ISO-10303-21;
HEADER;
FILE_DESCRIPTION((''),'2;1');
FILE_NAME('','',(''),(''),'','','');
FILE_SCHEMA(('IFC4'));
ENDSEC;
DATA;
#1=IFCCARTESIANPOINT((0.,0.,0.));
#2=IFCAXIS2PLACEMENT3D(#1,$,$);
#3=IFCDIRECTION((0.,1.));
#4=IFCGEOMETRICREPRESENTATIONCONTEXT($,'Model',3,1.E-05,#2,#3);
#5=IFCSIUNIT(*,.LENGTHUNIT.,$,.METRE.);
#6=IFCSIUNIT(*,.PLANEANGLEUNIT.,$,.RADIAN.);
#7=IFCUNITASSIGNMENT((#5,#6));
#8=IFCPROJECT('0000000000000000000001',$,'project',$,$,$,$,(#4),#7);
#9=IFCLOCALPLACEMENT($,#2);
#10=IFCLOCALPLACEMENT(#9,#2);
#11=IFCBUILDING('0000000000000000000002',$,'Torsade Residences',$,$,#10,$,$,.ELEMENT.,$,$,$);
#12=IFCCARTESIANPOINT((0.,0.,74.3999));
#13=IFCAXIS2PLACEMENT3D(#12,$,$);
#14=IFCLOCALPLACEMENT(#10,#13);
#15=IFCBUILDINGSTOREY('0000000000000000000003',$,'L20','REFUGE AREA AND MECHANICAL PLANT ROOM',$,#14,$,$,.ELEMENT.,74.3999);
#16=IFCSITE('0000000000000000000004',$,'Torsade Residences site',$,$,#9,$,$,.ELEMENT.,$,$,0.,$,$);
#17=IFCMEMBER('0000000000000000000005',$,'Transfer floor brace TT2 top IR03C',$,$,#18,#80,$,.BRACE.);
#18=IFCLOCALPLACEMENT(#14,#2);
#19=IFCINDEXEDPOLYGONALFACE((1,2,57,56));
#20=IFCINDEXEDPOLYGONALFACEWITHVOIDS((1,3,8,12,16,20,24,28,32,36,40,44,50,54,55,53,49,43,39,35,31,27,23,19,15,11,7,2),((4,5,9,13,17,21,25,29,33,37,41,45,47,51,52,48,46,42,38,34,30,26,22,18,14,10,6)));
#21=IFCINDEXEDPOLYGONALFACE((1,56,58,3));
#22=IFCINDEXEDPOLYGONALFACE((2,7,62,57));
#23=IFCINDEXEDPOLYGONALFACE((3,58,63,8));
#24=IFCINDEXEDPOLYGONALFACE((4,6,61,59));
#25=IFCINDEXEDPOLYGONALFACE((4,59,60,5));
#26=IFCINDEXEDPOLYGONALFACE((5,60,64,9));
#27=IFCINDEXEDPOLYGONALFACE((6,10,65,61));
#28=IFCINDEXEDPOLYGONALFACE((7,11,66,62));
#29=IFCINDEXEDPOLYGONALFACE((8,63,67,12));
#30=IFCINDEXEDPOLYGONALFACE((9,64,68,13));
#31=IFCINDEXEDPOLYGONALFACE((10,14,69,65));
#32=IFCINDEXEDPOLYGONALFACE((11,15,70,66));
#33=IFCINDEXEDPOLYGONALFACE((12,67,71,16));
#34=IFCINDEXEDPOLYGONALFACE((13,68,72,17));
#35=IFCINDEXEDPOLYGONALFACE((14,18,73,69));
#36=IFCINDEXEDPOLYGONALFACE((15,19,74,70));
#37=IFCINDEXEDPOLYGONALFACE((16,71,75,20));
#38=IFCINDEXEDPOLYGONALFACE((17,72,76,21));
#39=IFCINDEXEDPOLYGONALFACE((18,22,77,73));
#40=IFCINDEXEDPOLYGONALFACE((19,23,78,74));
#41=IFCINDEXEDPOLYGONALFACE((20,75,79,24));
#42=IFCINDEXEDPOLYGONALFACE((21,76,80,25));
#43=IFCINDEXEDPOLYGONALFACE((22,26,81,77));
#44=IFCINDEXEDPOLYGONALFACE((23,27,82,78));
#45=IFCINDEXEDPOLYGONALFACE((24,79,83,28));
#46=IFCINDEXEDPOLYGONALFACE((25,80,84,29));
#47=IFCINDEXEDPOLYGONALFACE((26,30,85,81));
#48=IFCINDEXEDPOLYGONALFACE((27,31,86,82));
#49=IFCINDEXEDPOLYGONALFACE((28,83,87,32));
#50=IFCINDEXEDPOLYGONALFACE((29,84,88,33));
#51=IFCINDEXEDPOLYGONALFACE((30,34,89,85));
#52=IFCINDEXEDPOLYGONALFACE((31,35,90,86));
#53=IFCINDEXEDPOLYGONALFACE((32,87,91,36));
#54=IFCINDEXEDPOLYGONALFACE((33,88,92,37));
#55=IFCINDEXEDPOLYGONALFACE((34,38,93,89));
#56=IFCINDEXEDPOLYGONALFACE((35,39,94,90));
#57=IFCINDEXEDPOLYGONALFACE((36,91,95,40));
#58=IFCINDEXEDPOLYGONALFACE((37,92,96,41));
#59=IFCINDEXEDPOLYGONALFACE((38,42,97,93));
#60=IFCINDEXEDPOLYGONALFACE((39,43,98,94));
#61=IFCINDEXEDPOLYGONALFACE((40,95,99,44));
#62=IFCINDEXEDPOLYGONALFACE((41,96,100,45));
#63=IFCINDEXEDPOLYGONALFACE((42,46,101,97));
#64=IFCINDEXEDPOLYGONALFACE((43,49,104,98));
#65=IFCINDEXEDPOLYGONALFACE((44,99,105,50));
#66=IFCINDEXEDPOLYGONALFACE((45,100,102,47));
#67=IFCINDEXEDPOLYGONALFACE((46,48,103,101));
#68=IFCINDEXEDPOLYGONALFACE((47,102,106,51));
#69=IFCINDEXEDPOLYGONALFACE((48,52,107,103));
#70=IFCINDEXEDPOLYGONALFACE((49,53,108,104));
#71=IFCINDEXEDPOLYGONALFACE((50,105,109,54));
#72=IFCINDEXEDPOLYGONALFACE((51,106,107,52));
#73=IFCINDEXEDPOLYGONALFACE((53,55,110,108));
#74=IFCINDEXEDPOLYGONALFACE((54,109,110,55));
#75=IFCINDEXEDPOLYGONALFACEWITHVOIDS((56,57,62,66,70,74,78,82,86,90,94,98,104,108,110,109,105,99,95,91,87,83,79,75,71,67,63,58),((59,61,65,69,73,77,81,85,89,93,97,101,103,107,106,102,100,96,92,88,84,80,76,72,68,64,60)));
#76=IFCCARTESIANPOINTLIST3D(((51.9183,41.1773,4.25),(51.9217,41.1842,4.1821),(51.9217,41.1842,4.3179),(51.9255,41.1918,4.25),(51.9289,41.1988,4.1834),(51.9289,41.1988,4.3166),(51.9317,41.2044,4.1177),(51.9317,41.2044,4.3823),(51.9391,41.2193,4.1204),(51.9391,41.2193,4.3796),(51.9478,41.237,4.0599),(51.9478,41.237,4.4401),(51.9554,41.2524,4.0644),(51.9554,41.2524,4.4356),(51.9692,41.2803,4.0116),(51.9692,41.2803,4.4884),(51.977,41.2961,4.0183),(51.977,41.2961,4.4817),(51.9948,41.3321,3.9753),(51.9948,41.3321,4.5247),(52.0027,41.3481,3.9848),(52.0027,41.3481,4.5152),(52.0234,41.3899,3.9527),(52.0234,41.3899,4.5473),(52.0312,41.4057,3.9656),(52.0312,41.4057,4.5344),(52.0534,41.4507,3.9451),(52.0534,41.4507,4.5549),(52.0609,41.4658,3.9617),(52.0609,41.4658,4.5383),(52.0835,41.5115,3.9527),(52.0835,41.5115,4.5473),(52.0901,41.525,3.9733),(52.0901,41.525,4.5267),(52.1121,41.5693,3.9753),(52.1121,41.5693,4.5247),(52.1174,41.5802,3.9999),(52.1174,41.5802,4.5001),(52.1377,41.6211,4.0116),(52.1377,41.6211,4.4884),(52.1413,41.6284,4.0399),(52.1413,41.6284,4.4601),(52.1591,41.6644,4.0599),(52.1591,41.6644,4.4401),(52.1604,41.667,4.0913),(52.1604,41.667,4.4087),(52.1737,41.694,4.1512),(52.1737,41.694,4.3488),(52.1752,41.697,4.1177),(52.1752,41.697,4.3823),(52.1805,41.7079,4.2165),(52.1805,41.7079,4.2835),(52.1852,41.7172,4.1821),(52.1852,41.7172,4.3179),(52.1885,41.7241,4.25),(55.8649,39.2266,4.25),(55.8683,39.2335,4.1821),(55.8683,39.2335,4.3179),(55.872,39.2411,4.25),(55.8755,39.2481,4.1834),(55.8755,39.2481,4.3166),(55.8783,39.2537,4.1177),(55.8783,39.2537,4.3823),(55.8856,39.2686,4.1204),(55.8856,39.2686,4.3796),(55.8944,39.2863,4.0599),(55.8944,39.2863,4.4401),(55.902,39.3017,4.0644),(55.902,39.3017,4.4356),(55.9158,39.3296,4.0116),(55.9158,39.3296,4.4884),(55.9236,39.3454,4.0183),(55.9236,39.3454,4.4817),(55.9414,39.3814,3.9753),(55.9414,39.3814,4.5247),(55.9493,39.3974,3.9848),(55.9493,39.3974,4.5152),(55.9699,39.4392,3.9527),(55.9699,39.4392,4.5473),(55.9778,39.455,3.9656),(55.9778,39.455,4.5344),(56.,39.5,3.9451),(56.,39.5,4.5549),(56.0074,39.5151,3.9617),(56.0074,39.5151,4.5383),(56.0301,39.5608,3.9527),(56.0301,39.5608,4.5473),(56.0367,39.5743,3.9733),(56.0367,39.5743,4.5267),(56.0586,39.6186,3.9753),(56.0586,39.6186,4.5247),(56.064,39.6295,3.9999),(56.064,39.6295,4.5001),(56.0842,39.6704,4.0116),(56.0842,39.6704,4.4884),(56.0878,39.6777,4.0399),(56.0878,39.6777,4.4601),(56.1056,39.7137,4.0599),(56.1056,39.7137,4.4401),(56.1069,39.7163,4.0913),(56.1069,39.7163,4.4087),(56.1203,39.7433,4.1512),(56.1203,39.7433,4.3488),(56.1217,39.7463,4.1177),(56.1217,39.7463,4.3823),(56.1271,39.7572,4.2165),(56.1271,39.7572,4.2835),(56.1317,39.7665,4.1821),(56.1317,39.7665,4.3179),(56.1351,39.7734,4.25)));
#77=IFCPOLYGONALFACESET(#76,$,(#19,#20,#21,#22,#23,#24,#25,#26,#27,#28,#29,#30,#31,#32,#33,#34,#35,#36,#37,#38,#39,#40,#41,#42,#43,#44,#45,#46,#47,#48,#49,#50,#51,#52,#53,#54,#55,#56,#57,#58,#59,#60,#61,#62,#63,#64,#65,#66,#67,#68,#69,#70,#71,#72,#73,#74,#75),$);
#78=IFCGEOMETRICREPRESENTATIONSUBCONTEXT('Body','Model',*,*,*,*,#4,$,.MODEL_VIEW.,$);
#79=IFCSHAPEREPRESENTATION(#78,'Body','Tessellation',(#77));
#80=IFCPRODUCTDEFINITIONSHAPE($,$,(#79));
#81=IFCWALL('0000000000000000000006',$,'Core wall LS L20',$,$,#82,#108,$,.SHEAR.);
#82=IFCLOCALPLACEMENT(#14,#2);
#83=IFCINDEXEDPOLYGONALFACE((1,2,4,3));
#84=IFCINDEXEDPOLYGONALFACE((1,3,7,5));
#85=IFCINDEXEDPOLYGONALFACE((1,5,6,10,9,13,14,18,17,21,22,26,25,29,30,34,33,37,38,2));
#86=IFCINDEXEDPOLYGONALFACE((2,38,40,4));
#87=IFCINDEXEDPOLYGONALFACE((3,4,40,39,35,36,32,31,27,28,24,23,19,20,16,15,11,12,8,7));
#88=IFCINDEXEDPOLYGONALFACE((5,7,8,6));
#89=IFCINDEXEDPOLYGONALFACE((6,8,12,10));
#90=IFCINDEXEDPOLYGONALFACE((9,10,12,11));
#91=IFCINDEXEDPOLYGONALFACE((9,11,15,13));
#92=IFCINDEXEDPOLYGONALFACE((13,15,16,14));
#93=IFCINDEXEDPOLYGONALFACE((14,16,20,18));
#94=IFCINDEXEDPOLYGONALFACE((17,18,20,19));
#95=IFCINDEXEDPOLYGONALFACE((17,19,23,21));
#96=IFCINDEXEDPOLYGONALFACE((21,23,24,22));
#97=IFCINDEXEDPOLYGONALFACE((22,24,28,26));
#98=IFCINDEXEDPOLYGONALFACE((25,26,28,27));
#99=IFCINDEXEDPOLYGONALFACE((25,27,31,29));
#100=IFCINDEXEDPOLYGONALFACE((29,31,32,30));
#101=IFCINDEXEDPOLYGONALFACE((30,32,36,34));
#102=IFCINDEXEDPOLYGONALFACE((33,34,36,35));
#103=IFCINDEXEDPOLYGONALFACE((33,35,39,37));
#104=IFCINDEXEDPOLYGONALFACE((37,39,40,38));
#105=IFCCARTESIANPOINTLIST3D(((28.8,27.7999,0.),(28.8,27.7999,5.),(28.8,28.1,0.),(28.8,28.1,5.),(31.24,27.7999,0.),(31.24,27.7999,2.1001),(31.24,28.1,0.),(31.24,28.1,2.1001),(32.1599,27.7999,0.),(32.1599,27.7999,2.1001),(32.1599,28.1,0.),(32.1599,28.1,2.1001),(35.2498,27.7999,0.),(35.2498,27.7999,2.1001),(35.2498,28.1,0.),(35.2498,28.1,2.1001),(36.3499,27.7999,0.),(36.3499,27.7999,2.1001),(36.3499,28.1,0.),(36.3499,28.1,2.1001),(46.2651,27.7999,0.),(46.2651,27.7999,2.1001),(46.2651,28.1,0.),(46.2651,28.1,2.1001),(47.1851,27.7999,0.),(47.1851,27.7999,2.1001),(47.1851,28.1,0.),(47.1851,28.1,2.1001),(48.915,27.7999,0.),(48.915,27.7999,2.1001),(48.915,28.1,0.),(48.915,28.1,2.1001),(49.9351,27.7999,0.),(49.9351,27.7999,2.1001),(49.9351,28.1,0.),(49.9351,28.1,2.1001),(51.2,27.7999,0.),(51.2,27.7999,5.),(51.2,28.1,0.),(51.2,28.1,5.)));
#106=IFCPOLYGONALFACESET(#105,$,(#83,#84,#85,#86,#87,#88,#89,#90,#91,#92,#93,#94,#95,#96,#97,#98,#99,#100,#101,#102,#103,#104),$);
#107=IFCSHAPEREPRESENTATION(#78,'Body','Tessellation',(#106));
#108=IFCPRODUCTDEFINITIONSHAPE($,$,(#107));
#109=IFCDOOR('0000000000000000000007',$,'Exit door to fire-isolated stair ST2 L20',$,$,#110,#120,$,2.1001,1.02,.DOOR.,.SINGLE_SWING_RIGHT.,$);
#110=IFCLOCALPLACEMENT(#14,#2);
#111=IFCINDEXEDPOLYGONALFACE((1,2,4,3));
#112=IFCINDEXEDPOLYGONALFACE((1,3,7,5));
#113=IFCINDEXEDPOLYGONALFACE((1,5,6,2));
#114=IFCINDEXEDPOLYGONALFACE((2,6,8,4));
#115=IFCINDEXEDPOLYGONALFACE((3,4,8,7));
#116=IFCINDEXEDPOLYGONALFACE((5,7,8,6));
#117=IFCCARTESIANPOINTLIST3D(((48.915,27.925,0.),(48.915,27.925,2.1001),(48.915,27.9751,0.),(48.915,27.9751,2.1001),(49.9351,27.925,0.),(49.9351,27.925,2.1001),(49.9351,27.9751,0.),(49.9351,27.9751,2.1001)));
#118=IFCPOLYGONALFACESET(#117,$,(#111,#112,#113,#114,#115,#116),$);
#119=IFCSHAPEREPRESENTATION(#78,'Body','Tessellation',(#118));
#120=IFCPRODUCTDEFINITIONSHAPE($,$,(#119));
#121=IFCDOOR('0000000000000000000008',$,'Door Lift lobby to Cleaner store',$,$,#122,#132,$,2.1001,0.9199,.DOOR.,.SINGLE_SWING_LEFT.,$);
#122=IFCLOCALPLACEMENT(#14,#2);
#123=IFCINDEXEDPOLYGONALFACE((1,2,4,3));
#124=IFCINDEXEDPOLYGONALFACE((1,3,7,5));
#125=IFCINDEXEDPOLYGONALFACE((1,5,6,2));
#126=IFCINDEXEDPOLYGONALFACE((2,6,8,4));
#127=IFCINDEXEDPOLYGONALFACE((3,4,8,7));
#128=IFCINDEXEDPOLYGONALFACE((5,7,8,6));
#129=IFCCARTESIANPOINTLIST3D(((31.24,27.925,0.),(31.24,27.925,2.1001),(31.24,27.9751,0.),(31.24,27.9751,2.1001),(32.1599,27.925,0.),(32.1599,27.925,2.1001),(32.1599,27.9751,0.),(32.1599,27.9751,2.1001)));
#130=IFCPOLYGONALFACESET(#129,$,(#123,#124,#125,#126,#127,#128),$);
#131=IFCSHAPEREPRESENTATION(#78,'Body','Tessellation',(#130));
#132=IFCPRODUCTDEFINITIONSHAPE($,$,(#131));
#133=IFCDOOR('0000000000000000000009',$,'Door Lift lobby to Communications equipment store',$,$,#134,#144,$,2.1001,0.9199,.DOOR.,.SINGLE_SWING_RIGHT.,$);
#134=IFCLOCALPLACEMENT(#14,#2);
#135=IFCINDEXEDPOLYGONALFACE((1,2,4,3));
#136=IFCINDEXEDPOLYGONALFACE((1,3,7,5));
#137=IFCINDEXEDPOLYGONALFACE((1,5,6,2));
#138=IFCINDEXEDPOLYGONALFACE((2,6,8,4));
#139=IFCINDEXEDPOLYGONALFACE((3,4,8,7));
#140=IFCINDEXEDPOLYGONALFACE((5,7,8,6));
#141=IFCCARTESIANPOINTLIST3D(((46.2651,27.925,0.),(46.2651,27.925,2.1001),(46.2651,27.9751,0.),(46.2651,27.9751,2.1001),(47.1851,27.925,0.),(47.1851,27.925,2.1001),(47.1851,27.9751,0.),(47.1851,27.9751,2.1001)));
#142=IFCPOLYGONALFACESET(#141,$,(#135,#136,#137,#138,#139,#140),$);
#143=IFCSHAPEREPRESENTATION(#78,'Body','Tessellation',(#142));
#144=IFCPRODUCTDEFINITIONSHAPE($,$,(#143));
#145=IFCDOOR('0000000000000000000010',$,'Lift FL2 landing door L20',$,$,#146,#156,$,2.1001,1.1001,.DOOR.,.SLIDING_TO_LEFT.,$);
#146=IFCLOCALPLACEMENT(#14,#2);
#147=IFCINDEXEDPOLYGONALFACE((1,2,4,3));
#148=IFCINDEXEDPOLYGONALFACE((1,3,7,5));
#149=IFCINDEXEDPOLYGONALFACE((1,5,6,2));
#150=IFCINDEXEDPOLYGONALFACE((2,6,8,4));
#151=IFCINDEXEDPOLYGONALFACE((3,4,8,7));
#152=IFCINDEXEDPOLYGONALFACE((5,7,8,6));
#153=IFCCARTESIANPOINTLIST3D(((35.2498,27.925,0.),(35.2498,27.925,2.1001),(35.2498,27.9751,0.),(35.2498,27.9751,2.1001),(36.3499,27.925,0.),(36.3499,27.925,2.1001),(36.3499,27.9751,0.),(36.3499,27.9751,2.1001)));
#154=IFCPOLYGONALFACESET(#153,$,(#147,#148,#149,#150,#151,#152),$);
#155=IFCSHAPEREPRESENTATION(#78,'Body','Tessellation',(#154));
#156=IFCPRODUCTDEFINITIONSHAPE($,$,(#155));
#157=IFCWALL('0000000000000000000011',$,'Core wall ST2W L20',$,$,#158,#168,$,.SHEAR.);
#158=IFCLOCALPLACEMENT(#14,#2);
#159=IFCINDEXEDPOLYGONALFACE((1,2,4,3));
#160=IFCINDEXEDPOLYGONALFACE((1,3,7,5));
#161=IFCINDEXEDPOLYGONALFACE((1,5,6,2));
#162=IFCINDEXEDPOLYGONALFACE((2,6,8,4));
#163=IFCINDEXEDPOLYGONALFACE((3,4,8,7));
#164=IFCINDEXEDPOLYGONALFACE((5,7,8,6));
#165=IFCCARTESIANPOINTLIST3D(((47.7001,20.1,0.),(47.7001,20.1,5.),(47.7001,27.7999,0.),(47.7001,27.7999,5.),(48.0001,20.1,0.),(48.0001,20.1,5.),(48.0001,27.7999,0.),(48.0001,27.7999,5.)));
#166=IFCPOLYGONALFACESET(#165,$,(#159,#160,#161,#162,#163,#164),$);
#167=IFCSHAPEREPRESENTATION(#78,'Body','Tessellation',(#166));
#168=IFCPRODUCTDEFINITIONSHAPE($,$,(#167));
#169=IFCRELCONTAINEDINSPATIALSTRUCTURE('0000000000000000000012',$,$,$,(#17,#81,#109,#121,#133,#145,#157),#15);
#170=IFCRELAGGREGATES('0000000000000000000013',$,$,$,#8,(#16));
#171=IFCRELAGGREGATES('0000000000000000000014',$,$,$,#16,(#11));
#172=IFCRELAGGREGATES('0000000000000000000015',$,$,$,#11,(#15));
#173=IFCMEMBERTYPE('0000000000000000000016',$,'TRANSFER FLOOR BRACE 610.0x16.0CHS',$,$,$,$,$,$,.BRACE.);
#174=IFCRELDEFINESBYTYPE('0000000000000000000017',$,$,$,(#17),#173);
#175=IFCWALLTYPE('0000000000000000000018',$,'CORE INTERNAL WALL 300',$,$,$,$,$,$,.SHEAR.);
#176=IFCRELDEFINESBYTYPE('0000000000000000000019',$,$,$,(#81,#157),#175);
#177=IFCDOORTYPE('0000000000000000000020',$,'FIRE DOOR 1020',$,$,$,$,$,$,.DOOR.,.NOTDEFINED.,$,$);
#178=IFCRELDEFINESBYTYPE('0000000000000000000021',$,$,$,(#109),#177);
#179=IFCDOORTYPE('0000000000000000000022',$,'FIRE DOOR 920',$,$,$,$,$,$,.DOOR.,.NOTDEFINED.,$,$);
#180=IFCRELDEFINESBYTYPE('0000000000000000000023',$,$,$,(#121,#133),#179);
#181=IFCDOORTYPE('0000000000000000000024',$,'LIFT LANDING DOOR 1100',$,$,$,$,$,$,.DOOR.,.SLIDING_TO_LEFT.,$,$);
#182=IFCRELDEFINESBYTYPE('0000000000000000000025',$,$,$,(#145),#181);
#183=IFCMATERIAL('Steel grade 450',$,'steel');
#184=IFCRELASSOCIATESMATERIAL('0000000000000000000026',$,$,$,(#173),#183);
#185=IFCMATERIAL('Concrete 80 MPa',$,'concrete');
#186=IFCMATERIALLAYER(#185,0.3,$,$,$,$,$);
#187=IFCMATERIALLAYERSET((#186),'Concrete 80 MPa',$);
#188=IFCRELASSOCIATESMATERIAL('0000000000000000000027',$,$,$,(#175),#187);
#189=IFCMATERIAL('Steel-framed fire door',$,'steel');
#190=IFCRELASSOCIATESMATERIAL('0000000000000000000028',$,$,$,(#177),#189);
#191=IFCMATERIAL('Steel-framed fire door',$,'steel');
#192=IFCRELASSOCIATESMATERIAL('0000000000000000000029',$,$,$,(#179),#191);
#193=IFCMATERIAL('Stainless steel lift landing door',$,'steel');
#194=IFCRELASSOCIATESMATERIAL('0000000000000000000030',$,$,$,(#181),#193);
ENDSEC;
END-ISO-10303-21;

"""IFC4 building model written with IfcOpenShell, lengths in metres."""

from ifc_helpers import new_model, si_unit, direction, frame, frame_2d, origin, origin_2d, place, context, subcontext, project, spatial, rectangle, hollow_circle, extrude, material, layer, layer_set, material_profile, profile_set, type_object, element, fill, save


model = new_model("IFC4")

# Units and contexts
model_context = context("Model", 3, precision=1e-05, world=origin(), true_north=direction((0.0, 1.0)))
body_context = subcontext(model_context, "Body", "Model", "MODEL_VIEW")
ifc_project = project(units=[si_unit("LENGTHUNIT", "METRE"), si_unit("PLANEANGLEUNIT", "RADIAN")], contexts=[model_context])

# Site, building, storey
site_placement = place(None, origin())
site = spatial("IfcSite", under=ifc_project, at=site_placement, Name="Torsade Residences site", CompositionType="ELEMENT", RefElevation=0.0)
building_placement = place(site_placement, origin())
building = spatial("IfcBuilding", under=site, at=building_placement, Name="Torsade Residences", CompositionType="ELEMENT")
storey_placement = place(building_placement, frame((0.0, 0.0, 74.3999)))
storey = spatial("IfcBuildingStorey", under=building, at=storey_placement, Name="L20", Description="REFUGE AREA AND MECHANICAL PLANT ROOM", CompositionType="ELEMENT", Elevation=74.3999)

# Member
ifc_material_1 = material(Name="Steel grade 450", Category="steel")
ifc_material_profile_1 = material_profile(ifc_material_1, hollow_circle(Radius=0.3049, WallThickness=0.0161, at=origin_2d()), Name="610.0x16.0CHS")
ifc_profile_set_1 = profile_set([ifc_material_profile_1], Name="Steel grade 450")
member_type = type_object("IfcMemberType", Name="TRANSFER FLOOR BRACE 610.0x16.0CHS", PredefinedType="BRACE", material=ifc_profile_set_1)
member_placement = place(storey_placement, frame((56.0, 39.5, 4.25), z_axis=(-0.89647, 0.443105, 0.0), x_axis=(-0.443105, -0.89647, 0.0)))
element("IfcMember", 1, at=member_placement, inside=storey, type_object=member_type, Name="Transfer floor brace TT2 top IR03C", PredefinedType="BRACE", context=body_context, shape_type="SweptSolid", body=[
    extrude(hollow_circle(Radius=0.3049, WallThickness=0.0161, at=origin_2d()), origin(), (0.0, 0.0, 1.0), 4.4023),
])

# Wall, openings, doors
ifc_material_2 = material(Name="Concrete 80 MPa", Category="concrete")
ifc_layer_1 = layer(ifc_material_2, 0.3)
ifc_layer_set_1 = layer_set([ifc_layer_1], Name="Concrete 80 MPa")
wall_type_1 = type_object("IfcWallType", Name="CORE INTERNAL WALL 300", PredefinedType="SHEAR", material=ifc_layer_set_1)
wall_1_placement = place(storey_placement, frame((51.2, 27.95, 0.0), z_axis=(0.0, 0.0, 1.0), x_axis=(-1.0, 0.0, 0.0)))
wall_1 = element("IfcWall", 2, at=wall_1_placement, inside=storey, type_object=wall_type_1, Name="Core wall LS L20", PredefinedType="SHEAR", context=body_context, shape_type="SweptSolid", body=[
    extrude(rectangle(XDim=22.3999, YDim=0.3, at=frame_2d((11.2, 0.0))), origin(), (0.0, 0.0, 1.0), 5.0),
])
opening_1_placement = place(wall_1_placement, frame((19.04, 0.0, 0.0)))
opening_1 = element("IfcOpeningElement", 3, at=opening_1_placement, cuts=wall_1, PredefinedType="OPENING", context=body_context, shape_type="SweptSolid", body=[
    extrude(rectangle(XDim=0.9199, YDim=2.1001, at=frame_2d((0.46, 1.05))), frame((0.0, 0.1599, 0.0), z_axis=(0.0, -1.0, 0.0), x_axis=(1.0, 0.0, 0.0)), (0.0, 0.0, 1.0), 0.3201),
])
opening_2_placement = place(wall_1_placement, frame((1.2649, 0.0, 0.0)))
opening_2 = element("IfcOpeningElement", 4, at=opening_2_placement, cuts=wall_1, PredefinedType="OPENING", context=body_context, shape_type="SweptSolid", body=[
    extrude(rectangle(XDim=1.02, YDim=2.1001, at=frame_2d((0.51, 1.05))), frame((0.0, 0.1599, 0.0), z_axis=(0.0, -1.0, 0.0), x_axis=(1.0, 0.0, 0.0)), (0.0, 0.0, 1.0), 0.3201),
])
opening_3_placement = place(wall_1_placement, frame((4.0149, 0.0, 0.0)))
opening_3 = element("IfcOpeningElement", 5, at=opening_3_placement, cuts=wall_1, PredefinedType="OPENING", context=body_context, shape_type="SweptSolid", body=[
    extrude(rectangle(XDim=0.9199, YDim=2.1001, at=frame_2d((0.46, 1.05))), frame((0.0, 0.1599, 0.0), z_axis=(0.0, -1.0, 0.0), x_axis=(1.0, 0.0, 0.0)), (0.0, 0.0, 1.0), 0.3201),
])
opening_4_placement = place(wall_1_placement, frame((14.8501, 0.0, 0.0)))
opening_4 = element("IfcOpeningElement", 6, at=opening_4_placement, cuts=wall_1, PredefinedType="OPENING", context=body_context, shape_type="SweptSolid", body=[
    extrude(rectangle(XDim=1.1001, YDim=2.1001, at=frame_2d((0.55, 1.05))), frame((0.0, 0.1599, 0.0), z_axis=(0.0, -1.0, 0.0), x_axis=(1.0, 0.0, 0.0)), (0.0, 0.0, 1.0), 0.3201),
])
ifc_material_3 = material(Name="Steel-framed fire door", Category="steel")
door_type_1 = type_object("IfcDoorType", Name="FIRE DOOR 1020", OperationType="NOTDEFINED", PredefinedType="DOOR", material=ifc_material_3)
door_1_placement = place(opening_2_placement, origin())
door_1 = element("IfcDoor", 7, at=door_1_placement, inside=storey, type_object=door_type_1, Name="Exit door to fire-isolated stair ST2 L20", OperationType="SINGLE_SWING_RIGHT", OverallHeight=2.1001, OverallWidth=1.02, PredefinedType="DOOR", context=body_context, shape_type="SweptSolid", body=[
    extrude(rectangle(XDim=1.02, YDim=2.1001, at=frame_2d((0.51, 1.05))), frame((0.0, 0.0249, 0.0), z_axis=(0.0, -1.0, 0.0), x_axis=(1.0, 0.0, 0.0)), (0.0, 0.0, 1.0), 0.05),
])
fill(opening_2, door_1)
ifc_material_4 = material(Name="Steel-framed fire door", Category="steel")
door_type_2 = type_object("IfcDoorType", Name="FIRE DOOR 920", OperationType="NOTDEFINED", PredefinedType="DOOR", material=ifc_material_4)
door_2_placement = place(opening_1_placement, origin())
door_2 = element("IfcDoor", 8, at=door_2_placement, inside=storey, type_object=door_type_2, Name="Door Lift lobby to Cleaner store", OperationType="SINGLE_SWING_LEFT", OverallHeight=2.1001, OverallWidth=0.9199, PredefinedType="DOOR", context=body_context, shape_type="SweptSolid", body=[
    extrude(rectangle(XDim=0.9199, YDim=2.1001, at=frame_2d((0.46, 1.05))), frame((0.0, 0.0249, 0.0), z_axis=(0.0, -1.0, 0.0), x_axis=(1.0, 0.0, 0.0)), (0.0, 0.0, 1.0), 0.05),
])
fill(opening_1, door_2)
door_3_placement = place(opening_3_placement, origin())
door_3 = element("IfcDoor", 9, at=door_3_placement, inside=storey, type_object=door_type_2, Name="Door Lift lobby to Communications equipment store", OperationType="SINGLE_SWING_RIGHT", OverallHeight=2.1001, OverallWidth=0.9199, PredefinedType="DOOR", context=body_context, shape_type="SweptSolid", body=[
    extrude(rectangle(XDim=0.9199, YDim=2.1001, at=frame_2d((0.46, 1.05))), frame((0.0, 0.0249, 0.0), z_axis=(0.0, -1.0, 0.0), x_axis=(1.0, 0.0, 0.0)), (0.0, 0.0, 1.0), 0.05),
])
fill(opening_3, door_3)
ifc_material_5 = material(Name="Stainless steel lift landing door", Category="steel")
door_type_3 = type_object("IfcDoorType", Name="LIFT LANDING DOOR 1100", OperationType="SLIDING_TO_LEFT", PredefinedType="DOOR", material=ifc_material_5)
door_4_placement = place(opening_4_placement, origin())
door_4 = element("IfcDoor", 10, at=door_4_placement, inside=storey, type_object=door_type_3, Name="Lift FL2 landing door L20", OperationType="SLIDING_TO_LEFT", OverallHeight=2.1001, OverallWidth=1.1001, PredefinedType="DOOR", context=body_context, shape_type="SweptSolid", body=[
    extrude(rectangle(XDim=1.1001, YDim=2.1001, at=frame_2d((0.55, 1.05))), frame((0.0, 0.0249, 0.0), z_axis=(0.0, -1.0, 0.0), x_axis=(1.0, 0.0, 0.0)), (0.0, 0.0, 1.0), 0.05),
])
fill(opening_4, door_4)

# Wall
wall_2_placement = place(storey_placement, frame((47.8501, 27.8, 0.0), z_axis=(0.0, 0.0, 1.0), x_axis=(0.0, -1.0, 0.0)))
element("IfcWall", 11, at=wall_2_placement, inside=storey, type_object=wall_type_1, Name="Core wall ST2W L20", PredefinedType="SHEAR", context=body_context, shape_type="SweptSolid", body=[
    extrude(rectangle(XDim=7.7, YDim=0.3, at=frame_2d((3.8501, 0.0))), origin(), (0.0, 0.0, 1.0), 5.0),
])

save(model, "model.ifc")
